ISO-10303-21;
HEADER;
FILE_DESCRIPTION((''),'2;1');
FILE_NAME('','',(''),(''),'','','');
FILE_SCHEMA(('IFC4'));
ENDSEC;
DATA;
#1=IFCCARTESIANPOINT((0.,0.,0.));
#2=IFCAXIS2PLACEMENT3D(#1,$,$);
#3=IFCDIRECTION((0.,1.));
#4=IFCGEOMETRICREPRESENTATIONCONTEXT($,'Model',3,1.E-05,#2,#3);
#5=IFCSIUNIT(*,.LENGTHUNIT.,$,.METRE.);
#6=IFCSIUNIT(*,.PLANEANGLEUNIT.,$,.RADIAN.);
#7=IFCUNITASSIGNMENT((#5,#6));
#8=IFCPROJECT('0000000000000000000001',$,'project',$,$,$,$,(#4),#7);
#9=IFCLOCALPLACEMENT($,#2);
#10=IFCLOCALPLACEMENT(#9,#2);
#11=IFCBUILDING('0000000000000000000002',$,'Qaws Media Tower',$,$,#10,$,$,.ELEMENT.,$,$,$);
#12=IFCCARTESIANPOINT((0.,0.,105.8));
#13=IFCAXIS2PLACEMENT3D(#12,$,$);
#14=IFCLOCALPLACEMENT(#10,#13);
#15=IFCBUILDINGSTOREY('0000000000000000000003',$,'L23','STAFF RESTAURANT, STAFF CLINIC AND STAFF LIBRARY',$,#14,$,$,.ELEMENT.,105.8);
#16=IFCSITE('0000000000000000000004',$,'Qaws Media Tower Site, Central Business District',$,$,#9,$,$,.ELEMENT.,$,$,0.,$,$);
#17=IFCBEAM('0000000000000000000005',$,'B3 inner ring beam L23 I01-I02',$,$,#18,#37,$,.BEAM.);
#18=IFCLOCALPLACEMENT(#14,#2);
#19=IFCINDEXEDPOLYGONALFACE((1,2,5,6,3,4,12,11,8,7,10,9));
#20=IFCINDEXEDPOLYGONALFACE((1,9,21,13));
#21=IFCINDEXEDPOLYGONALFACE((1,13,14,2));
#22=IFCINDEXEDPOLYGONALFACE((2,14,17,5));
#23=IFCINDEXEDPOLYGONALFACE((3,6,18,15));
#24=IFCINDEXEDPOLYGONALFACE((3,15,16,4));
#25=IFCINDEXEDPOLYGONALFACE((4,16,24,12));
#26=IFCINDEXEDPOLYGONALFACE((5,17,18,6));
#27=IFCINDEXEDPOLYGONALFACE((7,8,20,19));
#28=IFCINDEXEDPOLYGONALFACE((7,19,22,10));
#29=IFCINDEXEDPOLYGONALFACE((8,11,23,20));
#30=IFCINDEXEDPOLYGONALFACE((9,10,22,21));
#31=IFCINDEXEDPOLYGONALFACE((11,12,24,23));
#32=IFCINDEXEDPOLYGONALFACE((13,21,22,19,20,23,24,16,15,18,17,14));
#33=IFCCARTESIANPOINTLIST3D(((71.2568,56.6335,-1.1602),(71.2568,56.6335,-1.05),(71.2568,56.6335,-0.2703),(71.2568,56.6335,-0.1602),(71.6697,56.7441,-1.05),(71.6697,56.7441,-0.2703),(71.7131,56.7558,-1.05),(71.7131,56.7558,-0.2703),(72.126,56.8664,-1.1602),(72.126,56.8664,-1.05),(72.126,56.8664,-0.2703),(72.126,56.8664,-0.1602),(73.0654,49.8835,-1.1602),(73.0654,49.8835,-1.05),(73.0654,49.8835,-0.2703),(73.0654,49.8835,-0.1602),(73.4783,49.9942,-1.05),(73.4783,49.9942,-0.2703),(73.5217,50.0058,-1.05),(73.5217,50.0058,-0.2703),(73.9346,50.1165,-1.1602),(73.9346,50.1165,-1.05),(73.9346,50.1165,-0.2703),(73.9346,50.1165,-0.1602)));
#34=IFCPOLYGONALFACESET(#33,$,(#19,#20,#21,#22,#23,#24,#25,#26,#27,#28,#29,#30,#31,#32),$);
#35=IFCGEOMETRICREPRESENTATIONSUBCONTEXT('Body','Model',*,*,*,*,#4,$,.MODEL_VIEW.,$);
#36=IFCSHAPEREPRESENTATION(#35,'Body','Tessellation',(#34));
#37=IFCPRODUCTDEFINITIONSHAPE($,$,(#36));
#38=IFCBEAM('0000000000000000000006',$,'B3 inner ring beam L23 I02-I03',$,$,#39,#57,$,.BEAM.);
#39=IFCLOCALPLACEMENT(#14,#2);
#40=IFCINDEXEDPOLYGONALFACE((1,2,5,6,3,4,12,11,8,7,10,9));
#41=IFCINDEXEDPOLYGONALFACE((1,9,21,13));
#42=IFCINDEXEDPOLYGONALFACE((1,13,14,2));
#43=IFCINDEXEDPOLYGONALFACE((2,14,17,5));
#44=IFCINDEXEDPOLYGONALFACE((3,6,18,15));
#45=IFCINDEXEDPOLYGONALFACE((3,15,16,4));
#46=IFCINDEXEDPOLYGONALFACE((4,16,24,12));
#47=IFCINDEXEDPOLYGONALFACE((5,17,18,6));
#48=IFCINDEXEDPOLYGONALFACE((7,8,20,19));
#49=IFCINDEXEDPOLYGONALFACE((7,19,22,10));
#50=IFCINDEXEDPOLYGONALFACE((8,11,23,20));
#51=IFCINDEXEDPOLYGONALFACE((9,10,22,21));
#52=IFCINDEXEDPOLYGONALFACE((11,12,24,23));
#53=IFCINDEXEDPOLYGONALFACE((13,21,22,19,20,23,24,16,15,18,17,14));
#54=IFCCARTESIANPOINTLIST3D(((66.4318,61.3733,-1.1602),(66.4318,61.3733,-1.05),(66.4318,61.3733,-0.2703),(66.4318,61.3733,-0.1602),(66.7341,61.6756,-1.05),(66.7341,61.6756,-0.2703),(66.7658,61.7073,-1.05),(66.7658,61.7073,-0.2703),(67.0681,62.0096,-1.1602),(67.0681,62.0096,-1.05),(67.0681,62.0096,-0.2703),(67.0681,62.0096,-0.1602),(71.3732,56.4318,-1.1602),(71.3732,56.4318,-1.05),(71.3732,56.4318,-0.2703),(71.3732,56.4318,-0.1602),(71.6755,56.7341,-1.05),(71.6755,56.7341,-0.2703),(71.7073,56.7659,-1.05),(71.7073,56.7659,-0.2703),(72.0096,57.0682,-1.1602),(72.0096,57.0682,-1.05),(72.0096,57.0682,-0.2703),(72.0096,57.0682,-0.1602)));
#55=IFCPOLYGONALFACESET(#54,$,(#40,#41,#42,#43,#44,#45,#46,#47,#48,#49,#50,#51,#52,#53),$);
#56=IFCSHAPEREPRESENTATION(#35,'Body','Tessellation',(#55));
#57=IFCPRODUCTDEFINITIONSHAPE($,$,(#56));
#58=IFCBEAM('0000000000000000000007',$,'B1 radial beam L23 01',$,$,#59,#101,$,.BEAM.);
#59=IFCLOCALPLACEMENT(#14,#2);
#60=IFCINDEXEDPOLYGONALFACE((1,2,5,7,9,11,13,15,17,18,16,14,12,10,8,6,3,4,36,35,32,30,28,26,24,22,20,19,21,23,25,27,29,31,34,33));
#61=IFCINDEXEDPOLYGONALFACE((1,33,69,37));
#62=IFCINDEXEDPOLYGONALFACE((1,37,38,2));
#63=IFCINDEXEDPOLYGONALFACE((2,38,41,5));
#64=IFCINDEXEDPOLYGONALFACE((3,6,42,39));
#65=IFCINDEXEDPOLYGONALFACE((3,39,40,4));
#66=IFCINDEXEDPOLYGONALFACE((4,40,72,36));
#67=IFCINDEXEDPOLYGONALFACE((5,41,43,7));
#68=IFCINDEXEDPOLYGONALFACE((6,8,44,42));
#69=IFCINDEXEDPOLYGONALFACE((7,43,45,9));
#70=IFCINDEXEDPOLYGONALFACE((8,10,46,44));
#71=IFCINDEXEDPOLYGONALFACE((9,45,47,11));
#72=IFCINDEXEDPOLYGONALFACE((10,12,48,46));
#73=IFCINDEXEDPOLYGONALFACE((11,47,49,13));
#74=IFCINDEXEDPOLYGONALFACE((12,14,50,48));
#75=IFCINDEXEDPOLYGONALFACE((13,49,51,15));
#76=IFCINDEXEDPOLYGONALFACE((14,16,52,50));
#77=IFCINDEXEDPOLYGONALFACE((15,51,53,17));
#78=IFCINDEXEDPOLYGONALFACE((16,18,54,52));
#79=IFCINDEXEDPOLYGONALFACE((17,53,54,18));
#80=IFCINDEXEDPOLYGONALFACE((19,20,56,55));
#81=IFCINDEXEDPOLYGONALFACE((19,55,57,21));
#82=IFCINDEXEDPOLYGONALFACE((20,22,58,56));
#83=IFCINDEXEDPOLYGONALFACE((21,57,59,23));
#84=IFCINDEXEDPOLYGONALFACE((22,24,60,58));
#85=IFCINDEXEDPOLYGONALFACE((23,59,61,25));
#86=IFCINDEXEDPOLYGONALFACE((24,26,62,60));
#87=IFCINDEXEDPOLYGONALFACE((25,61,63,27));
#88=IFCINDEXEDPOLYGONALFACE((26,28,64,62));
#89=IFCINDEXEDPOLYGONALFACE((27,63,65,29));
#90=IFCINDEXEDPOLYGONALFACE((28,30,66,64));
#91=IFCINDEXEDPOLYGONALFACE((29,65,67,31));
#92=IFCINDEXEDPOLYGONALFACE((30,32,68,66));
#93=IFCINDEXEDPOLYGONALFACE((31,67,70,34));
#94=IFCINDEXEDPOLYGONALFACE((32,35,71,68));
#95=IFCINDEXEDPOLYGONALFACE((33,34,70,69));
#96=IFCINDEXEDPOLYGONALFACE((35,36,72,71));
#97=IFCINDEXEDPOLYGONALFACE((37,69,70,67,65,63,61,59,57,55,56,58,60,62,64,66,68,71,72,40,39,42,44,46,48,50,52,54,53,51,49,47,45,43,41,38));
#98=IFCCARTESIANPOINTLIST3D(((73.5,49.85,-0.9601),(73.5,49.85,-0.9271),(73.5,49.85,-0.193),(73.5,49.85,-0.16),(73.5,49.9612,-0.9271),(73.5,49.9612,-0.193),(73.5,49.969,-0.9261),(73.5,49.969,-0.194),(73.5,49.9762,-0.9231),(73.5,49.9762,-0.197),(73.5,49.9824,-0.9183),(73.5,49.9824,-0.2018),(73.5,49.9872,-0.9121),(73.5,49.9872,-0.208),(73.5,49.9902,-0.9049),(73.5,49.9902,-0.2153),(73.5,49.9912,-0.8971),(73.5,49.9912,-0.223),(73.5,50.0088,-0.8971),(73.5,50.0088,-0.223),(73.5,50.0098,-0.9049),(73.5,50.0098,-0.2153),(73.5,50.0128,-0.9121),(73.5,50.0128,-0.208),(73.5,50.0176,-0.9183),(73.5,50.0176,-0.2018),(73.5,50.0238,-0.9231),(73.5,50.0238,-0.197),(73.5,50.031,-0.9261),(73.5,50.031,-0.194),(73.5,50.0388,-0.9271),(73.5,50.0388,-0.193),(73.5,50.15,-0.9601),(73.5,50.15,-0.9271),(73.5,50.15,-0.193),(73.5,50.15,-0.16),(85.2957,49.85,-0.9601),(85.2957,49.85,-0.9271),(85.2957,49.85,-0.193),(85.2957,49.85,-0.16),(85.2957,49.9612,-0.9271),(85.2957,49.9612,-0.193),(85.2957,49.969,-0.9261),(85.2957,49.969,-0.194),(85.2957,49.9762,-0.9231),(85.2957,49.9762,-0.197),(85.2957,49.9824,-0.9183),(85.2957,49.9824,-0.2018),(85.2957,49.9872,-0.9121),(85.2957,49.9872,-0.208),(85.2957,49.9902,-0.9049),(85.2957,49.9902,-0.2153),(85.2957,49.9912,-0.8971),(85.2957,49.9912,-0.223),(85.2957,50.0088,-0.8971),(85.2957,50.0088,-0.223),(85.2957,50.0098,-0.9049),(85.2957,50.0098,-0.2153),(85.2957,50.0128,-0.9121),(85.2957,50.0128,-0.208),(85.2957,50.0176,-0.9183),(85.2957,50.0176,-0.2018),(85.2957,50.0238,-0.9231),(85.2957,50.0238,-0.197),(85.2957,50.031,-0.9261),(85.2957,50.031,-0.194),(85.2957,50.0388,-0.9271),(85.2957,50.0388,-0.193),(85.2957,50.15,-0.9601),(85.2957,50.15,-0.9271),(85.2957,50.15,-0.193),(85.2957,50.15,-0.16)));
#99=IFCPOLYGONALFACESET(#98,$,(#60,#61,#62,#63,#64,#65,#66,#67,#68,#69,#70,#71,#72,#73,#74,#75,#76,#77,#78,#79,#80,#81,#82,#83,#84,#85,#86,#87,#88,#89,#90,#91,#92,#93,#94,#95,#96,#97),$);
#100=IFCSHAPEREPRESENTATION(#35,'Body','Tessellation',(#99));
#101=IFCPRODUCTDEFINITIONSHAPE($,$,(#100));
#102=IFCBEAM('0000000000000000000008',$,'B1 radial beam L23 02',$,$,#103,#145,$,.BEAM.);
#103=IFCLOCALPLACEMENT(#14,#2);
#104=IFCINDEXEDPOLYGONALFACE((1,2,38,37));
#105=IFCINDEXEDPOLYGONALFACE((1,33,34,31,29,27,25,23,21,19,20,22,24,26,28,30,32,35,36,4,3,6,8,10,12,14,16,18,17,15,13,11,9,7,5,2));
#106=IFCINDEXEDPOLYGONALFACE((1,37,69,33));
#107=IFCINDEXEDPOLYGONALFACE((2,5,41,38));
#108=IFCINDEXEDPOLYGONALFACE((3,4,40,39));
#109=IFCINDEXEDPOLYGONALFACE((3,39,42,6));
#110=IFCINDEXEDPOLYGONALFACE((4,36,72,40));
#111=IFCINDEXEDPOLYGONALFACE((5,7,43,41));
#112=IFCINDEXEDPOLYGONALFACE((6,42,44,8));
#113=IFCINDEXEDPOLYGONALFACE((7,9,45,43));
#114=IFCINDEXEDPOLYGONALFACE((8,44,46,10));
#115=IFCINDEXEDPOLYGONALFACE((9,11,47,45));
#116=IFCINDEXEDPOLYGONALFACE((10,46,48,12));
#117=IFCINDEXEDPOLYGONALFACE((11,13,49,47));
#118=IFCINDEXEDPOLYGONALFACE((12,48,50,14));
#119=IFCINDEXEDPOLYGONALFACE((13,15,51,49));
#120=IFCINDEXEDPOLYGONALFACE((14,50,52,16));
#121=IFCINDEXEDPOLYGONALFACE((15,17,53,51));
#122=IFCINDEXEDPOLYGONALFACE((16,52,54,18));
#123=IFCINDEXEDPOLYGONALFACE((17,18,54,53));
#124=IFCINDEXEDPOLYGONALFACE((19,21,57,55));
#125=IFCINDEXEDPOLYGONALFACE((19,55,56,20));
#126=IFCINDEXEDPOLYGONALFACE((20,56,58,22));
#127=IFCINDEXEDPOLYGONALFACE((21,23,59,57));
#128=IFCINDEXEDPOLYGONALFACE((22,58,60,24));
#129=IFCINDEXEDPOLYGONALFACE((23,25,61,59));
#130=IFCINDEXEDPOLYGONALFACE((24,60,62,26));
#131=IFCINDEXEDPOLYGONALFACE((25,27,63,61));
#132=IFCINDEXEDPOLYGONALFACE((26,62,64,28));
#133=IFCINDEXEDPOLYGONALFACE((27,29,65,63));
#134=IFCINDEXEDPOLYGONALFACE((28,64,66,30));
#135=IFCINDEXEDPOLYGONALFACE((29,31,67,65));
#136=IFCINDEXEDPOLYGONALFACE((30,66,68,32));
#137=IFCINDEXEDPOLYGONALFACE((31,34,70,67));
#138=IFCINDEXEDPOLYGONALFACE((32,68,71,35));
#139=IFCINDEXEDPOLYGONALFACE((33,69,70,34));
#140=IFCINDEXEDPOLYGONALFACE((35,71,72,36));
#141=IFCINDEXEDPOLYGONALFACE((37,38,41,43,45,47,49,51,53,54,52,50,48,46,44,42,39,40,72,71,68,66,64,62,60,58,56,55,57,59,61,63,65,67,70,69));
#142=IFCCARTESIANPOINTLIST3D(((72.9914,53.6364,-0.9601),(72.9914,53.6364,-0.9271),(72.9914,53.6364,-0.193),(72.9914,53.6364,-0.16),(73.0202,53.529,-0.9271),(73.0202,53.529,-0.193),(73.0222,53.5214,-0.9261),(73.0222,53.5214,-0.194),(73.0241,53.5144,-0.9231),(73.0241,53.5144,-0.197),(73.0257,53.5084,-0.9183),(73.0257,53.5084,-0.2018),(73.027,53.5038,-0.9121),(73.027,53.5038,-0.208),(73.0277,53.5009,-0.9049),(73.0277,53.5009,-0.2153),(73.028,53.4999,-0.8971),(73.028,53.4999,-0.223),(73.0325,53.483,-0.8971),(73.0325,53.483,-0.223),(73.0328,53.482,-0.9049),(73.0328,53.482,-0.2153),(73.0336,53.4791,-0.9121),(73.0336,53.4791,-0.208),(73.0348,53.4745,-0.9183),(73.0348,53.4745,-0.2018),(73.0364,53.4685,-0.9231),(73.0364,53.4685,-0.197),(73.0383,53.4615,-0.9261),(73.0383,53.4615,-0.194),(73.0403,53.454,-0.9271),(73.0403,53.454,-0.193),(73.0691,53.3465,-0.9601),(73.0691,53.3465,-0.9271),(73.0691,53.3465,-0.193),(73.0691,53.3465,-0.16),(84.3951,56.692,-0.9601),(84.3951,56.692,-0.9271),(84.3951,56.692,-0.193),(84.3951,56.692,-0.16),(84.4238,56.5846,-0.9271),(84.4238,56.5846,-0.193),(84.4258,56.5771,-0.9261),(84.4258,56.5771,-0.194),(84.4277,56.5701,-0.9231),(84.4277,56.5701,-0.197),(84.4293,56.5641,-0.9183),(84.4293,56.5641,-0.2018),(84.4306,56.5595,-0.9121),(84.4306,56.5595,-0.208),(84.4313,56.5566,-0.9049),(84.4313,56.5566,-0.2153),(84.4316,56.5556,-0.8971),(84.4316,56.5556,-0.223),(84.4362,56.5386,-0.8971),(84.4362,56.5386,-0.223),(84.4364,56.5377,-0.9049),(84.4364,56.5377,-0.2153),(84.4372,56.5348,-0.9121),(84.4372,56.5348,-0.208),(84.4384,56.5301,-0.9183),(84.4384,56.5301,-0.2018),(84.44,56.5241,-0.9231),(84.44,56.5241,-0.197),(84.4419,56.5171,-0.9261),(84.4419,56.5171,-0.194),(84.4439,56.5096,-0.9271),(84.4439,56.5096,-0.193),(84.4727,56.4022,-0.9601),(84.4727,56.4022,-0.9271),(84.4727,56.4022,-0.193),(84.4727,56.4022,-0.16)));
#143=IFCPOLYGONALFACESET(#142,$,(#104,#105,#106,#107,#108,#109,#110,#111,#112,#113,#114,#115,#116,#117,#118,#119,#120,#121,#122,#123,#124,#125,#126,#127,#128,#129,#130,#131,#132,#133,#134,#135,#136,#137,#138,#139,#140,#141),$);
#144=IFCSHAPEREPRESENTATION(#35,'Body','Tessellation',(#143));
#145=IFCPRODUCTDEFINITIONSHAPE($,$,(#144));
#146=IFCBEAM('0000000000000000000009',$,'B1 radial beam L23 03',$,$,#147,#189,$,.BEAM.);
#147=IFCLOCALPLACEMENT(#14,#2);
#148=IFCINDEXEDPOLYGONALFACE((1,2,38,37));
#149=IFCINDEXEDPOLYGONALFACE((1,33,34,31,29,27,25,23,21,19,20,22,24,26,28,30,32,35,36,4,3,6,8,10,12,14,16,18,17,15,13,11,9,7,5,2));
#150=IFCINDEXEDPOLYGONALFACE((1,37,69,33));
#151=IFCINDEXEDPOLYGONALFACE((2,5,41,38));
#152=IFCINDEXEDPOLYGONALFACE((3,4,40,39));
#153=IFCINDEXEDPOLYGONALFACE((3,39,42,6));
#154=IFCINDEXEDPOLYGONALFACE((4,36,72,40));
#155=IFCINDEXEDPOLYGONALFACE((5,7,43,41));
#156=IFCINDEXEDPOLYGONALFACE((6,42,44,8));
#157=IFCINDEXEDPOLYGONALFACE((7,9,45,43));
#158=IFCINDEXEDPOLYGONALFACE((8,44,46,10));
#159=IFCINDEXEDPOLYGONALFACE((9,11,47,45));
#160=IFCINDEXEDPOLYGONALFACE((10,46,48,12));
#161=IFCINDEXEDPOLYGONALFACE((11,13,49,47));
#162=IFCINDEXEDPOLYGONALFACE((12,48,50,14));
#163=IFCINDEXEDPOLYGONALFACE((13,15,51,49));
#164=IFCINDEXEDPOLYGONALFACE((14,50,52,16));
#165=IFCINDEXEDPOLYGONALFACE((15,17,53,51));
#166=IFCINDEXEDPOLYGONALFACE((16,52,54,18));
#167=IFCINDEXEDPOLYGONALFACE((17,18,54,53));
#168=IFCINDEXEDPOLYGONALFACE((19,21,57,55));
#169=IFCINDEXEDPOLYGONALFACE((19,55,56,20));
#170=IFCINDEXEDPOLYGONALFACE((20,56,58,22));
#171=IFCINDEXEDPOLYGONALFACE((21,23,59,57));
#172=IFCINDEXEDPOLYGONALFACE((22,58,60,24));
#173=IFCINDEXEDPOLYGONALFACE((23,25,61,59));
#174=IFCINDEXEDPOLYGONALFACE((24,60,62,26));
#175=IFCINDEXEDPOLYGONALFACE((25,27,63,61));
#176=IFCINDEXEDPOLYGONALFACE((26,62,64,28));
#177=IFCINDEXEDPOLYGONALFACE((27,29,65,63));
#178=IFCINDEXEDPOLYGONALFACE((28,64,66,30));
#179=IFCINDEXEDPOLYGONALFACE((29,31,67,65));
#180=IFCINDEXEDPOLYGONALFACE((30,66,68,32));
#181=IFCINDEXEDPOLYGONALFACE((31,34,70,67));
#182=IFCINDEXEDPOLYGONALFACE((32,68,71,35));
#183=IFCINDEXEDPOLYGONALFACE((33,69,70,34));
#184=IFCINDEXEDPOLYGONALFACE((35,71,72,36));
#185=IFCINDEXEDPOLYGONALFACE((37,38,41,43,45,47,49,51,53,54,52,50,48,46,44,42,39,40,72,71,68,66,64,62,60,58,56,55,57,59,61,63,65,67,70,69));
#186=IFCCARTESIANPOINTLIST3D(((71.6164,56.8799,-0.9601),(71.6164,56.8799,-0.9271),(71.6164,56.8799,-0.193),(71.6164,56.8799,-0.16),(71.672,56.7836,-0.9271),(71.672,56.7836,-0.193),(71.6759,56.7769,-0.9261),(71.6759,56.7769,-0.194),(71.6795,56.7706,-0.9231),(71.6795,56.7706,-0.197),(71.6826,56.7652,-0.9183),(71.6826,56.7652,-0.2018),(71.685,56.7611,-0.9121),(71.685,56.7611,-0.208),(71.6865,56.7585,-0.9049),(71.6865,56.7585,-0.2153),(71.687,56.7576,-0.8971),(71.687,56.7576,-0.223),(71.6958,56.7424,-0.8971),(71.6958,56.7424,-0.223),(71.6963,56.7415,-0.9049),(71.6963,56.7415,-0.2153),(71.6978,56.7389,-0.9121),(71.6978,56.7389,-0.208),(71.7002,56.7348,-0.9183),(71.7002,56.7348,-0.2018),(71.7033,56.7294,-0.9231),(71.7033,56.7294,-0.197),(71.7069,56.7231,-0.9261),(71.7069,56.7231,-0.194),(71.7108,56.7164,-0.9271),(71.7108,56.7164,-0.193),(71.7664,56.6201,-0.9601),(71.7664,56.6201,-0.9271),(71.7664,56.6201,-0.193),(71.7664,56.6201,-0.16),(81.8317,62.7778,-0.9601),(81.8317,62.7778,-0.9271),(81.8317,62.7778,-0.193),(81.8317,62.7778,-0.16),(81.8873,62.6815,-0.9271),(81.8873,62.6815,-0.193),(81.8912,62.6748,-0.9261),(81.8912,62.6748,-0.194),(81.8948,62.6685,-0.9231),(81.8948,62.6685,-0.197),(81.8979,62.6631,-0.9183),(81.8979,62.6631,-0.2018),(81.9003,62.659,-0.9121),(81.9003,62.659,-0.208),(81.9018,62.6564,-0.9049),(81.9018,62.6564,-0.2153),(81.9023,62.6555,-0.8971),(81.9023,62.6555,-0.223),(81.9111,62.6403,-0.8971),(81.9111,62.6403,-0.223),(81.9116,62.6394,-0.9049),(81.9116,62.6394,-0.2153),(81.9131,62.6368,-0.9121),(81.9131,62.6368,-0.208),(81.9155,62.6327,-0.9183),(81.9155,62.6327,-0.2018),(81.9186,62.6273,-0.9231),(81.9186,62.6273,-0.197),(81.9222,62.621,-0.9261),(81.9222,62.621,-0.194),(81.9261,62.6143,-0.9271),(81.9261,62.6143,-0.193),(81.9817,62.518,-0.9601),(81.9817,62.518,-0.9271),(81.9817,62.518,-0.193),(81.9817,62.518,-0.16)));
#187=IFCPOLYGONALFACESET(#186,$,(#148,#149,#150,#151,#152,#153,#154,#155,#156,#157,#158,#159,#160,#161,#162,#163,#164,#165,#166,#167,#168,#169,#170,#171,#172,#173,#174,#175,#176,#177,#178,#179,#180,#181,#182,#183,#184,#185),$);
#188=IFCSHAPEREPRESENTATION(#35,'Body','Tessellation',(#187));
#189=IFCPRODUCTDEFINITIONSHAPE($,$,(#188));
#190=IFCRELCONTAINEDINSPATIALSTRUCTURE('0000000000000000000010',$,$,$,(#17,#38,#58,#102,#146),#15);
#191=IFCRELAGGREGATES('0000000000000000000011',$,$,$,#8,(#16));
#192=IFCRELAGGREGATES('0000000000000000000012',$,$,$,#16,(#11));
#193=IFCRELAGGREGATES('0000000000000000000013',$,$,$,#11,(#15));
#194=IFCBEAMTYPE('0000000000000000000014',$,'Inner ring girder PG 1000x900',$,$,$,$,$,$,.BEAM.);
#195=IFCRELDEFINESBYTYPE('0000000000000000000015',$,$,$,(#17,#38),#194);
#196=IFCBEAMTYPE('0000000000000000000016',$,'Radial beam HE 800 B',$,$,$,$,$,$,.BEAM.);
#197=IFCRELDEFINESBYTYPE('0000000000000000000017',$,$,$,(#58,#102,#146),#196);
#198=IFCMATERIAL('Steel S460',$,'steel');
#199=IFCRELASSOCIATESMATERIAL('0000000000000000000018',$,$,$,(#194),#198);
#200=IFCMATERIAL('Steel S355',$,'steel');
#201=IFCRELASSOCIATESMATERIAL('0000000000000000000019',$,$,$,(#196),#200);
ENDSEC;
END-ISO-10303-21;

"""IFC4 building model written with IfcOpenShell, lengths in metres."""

from ifc_helpers import new_model, si_unit, direction, frame, origin, origin_2d, place, context, subcontext, project, spatial, i_section, extrude, material, material_profile, profile_set, type_object, element, save


model = new_model("IFC4")

# Units and contexts
model_context = context("Model", 3, precision=1e-05, world=origin(), true_north=direction((0.0, 1.0)))
body_context = subcontext(model_context, "Body", "Model", "MODEL_VIEW")
ifc_project = project(units=[si_unit("LENGTHUNIT", "METRE"), si_unit("PLANEANGLEUNIT", "RADIAN")], contexts=[model_context])

# Site, building, storey
site_placement = place(None, origin())
site = spatial("IfcSite", under=ifc_project, at=site_placement, Name="Qaws Media Tower Site, Central Business District", CompositionType="ELEMENT", RefElevation=0.0)
building_placement = place(site_placement, origin())
building = spatial("IfcBuilding", under=site, at=building_placement, Name="Qaws Media Tower", CompositionType="ELEMENT")
storey_placement = place(building_placement, frame((0.0, 0.0, 105.8)))
storey = spatial("IfcBuildingStorey", under=building, at=storey_placement, Name="L23", Description="STAFF RESTAURANT, STAFF CLINIC AND STAFF LIBRARY", CompositionType="ELEMENT", Elevation=105.8)

# Beams
ifc_material_1 = material(Name="Steel S460", Category="steel")
ifc_material_profile_1 = material_profile(ifc_material_1, i_section(OverallWidth=0.8999, OverallDepth=1.0, WebThickness=0.0449, FlangeThickness=0.1101, at=origin_2d()), Name="PG 1000x900")
ifc_profile_set_1 = profile_set([ifc_material_profile_1], Name="Steel S460")
beam_type_1 = type_object("IfcBeamType", Name="Inner ring girder PG 1000x900", PredefinedType="BEAM", material=ifc_profile_set_1)
beam_1_placement = place(storey_placement, frame((73.5, 50.0, -0.6602), z_axis=(-0.258811, 0.965928, 0.0), x_axis=(-0.965928, -0.258811, 0.0)))
element("IfcBeam", 1, at=beam_1_placement, inside=storey, type_object=beam_type_1, Name="B3 inner ring beam L23 I01-I02", PredefinedType="BEAM", context=body_context, shape_type="SweptSolid", body=[
    extrude(i_section(OverallWidth=0.8999, OverallDepth=1.0, WebThickness=0.0449, FlangeThickness=0.1101, at=origin_2d()), origin(), (0.0, 0.0, 1.0), 6.988),
])
beam_2_placement = place(storey_placement, frame((71.6914, 56.75, -0.6602), z_axis=(-0.707107, 0.707107, 0.0), x_axis=(-0.707107, -0.707107, 0.0)))
element("IfcBeam", 2, at=beam_2_placement, inside=storey, type_object=beam_type_1, Name="B3 inner ring beam L23 I02-I03", PredefinedType="BEAM", context=body_context, shape_type="SweptSolid", body=[
    extrude(i_section(OverallWidth=0.8999, OverallDepth=1.0, WebThickness=0.0449, FlangeThickness=0.1101, at=origin_2d()), origin(), (0.0, 0.0, 1.0), 6.9883),
])
ifc_material_2 = material(Name="Steel S355", Category="steel")
ifc_material_profile_2 = material_profile(ifc_material_2, i_section(OverallWidth=0.3, OverallDepth=0.8, WebThickness=0.0176, FlangeThickness=0.033, FilletRadius=0.03, at=origin_2d()), Name="HE 800 B")
ifc_profile_set_2 = profile_set([ifc_material_profile_2], Name="Steel S355")
beam_type_2 = type_object("IfcBeamType", Name="Radial beam HE 800 B", PredefinedType="BEAM", material=ifc_profile_set_2)
beam_3_placement = place(storey_placement, frame((73.5, 50.0, -0.5601), z_axis=(1.0, 0.0, 0.0), x_axis=(0.0, 1.0, 0.0)))
element("IfcBeam", 3, at=beam_3_placement, inside=storey, type_object=beam_type_2, Name="B1 radial beam L23 01", PredefinedType="BEAM", context=body_context, shape_type="SweptSolid", body=[
    extrude(i_section(OverallWidth=0.3, OverallDepth=0.8, WebThickness=0.0176, FlangeThickness=0.033, FilletRadius=0.03, at=origin_2d()), origin(), (0.0, 0.0, 1.0), 11.7957),
])
beam_4_placement = place(storey_placement, frame((73.0303, 53.4915, -0.5601), z_axis=(0.965924, 0.258826, 0.0), x_axis=(-0.258826, 0.965924, 0.0)))
element("IfcBeam", 4, at=beam_4_placement, inside=storey, type_object=beam_type_2, Name="B1 radial beam L23 02", PredefinedType="BEAM", context=body_context, shape_type="SweptSolid", body=[
    extrude(i_section(OverallWidth=0.3, OverallDepth=0.8, WebThickness=0.0176, FlangeThickness=0.033, FilletRadius=0.03, at=origin_2d()), origin(), (0.0, 0.0, 1.0), 11.8059),
])
beam_5_placement = place(storey_placement, frame((71.6914, 56.75, -0.5601), z_axis=(0.866021, 0.500008, 0.0), x_axis=(-0.500008, 0.866021, 0.0)))
element("IfcBeam", 5, at=beam_5_placement, inside=storey, type_object=beam_type_2, Name="B1 radial beam L23 03", PredefinedType="BEAM", context=body_context, shape_type="SweptSolid", body=[
    extrude(i_section(OverallWidth=0.3, OverallDepth=0.8, WebThickness=0.0176, FlangeThickness=0.033, FilletRadius=0.03, at=origin_2d()), origin(), (0.0, 0.0, 1.0), 11.7957),
])

save(model, "model.ifc")
